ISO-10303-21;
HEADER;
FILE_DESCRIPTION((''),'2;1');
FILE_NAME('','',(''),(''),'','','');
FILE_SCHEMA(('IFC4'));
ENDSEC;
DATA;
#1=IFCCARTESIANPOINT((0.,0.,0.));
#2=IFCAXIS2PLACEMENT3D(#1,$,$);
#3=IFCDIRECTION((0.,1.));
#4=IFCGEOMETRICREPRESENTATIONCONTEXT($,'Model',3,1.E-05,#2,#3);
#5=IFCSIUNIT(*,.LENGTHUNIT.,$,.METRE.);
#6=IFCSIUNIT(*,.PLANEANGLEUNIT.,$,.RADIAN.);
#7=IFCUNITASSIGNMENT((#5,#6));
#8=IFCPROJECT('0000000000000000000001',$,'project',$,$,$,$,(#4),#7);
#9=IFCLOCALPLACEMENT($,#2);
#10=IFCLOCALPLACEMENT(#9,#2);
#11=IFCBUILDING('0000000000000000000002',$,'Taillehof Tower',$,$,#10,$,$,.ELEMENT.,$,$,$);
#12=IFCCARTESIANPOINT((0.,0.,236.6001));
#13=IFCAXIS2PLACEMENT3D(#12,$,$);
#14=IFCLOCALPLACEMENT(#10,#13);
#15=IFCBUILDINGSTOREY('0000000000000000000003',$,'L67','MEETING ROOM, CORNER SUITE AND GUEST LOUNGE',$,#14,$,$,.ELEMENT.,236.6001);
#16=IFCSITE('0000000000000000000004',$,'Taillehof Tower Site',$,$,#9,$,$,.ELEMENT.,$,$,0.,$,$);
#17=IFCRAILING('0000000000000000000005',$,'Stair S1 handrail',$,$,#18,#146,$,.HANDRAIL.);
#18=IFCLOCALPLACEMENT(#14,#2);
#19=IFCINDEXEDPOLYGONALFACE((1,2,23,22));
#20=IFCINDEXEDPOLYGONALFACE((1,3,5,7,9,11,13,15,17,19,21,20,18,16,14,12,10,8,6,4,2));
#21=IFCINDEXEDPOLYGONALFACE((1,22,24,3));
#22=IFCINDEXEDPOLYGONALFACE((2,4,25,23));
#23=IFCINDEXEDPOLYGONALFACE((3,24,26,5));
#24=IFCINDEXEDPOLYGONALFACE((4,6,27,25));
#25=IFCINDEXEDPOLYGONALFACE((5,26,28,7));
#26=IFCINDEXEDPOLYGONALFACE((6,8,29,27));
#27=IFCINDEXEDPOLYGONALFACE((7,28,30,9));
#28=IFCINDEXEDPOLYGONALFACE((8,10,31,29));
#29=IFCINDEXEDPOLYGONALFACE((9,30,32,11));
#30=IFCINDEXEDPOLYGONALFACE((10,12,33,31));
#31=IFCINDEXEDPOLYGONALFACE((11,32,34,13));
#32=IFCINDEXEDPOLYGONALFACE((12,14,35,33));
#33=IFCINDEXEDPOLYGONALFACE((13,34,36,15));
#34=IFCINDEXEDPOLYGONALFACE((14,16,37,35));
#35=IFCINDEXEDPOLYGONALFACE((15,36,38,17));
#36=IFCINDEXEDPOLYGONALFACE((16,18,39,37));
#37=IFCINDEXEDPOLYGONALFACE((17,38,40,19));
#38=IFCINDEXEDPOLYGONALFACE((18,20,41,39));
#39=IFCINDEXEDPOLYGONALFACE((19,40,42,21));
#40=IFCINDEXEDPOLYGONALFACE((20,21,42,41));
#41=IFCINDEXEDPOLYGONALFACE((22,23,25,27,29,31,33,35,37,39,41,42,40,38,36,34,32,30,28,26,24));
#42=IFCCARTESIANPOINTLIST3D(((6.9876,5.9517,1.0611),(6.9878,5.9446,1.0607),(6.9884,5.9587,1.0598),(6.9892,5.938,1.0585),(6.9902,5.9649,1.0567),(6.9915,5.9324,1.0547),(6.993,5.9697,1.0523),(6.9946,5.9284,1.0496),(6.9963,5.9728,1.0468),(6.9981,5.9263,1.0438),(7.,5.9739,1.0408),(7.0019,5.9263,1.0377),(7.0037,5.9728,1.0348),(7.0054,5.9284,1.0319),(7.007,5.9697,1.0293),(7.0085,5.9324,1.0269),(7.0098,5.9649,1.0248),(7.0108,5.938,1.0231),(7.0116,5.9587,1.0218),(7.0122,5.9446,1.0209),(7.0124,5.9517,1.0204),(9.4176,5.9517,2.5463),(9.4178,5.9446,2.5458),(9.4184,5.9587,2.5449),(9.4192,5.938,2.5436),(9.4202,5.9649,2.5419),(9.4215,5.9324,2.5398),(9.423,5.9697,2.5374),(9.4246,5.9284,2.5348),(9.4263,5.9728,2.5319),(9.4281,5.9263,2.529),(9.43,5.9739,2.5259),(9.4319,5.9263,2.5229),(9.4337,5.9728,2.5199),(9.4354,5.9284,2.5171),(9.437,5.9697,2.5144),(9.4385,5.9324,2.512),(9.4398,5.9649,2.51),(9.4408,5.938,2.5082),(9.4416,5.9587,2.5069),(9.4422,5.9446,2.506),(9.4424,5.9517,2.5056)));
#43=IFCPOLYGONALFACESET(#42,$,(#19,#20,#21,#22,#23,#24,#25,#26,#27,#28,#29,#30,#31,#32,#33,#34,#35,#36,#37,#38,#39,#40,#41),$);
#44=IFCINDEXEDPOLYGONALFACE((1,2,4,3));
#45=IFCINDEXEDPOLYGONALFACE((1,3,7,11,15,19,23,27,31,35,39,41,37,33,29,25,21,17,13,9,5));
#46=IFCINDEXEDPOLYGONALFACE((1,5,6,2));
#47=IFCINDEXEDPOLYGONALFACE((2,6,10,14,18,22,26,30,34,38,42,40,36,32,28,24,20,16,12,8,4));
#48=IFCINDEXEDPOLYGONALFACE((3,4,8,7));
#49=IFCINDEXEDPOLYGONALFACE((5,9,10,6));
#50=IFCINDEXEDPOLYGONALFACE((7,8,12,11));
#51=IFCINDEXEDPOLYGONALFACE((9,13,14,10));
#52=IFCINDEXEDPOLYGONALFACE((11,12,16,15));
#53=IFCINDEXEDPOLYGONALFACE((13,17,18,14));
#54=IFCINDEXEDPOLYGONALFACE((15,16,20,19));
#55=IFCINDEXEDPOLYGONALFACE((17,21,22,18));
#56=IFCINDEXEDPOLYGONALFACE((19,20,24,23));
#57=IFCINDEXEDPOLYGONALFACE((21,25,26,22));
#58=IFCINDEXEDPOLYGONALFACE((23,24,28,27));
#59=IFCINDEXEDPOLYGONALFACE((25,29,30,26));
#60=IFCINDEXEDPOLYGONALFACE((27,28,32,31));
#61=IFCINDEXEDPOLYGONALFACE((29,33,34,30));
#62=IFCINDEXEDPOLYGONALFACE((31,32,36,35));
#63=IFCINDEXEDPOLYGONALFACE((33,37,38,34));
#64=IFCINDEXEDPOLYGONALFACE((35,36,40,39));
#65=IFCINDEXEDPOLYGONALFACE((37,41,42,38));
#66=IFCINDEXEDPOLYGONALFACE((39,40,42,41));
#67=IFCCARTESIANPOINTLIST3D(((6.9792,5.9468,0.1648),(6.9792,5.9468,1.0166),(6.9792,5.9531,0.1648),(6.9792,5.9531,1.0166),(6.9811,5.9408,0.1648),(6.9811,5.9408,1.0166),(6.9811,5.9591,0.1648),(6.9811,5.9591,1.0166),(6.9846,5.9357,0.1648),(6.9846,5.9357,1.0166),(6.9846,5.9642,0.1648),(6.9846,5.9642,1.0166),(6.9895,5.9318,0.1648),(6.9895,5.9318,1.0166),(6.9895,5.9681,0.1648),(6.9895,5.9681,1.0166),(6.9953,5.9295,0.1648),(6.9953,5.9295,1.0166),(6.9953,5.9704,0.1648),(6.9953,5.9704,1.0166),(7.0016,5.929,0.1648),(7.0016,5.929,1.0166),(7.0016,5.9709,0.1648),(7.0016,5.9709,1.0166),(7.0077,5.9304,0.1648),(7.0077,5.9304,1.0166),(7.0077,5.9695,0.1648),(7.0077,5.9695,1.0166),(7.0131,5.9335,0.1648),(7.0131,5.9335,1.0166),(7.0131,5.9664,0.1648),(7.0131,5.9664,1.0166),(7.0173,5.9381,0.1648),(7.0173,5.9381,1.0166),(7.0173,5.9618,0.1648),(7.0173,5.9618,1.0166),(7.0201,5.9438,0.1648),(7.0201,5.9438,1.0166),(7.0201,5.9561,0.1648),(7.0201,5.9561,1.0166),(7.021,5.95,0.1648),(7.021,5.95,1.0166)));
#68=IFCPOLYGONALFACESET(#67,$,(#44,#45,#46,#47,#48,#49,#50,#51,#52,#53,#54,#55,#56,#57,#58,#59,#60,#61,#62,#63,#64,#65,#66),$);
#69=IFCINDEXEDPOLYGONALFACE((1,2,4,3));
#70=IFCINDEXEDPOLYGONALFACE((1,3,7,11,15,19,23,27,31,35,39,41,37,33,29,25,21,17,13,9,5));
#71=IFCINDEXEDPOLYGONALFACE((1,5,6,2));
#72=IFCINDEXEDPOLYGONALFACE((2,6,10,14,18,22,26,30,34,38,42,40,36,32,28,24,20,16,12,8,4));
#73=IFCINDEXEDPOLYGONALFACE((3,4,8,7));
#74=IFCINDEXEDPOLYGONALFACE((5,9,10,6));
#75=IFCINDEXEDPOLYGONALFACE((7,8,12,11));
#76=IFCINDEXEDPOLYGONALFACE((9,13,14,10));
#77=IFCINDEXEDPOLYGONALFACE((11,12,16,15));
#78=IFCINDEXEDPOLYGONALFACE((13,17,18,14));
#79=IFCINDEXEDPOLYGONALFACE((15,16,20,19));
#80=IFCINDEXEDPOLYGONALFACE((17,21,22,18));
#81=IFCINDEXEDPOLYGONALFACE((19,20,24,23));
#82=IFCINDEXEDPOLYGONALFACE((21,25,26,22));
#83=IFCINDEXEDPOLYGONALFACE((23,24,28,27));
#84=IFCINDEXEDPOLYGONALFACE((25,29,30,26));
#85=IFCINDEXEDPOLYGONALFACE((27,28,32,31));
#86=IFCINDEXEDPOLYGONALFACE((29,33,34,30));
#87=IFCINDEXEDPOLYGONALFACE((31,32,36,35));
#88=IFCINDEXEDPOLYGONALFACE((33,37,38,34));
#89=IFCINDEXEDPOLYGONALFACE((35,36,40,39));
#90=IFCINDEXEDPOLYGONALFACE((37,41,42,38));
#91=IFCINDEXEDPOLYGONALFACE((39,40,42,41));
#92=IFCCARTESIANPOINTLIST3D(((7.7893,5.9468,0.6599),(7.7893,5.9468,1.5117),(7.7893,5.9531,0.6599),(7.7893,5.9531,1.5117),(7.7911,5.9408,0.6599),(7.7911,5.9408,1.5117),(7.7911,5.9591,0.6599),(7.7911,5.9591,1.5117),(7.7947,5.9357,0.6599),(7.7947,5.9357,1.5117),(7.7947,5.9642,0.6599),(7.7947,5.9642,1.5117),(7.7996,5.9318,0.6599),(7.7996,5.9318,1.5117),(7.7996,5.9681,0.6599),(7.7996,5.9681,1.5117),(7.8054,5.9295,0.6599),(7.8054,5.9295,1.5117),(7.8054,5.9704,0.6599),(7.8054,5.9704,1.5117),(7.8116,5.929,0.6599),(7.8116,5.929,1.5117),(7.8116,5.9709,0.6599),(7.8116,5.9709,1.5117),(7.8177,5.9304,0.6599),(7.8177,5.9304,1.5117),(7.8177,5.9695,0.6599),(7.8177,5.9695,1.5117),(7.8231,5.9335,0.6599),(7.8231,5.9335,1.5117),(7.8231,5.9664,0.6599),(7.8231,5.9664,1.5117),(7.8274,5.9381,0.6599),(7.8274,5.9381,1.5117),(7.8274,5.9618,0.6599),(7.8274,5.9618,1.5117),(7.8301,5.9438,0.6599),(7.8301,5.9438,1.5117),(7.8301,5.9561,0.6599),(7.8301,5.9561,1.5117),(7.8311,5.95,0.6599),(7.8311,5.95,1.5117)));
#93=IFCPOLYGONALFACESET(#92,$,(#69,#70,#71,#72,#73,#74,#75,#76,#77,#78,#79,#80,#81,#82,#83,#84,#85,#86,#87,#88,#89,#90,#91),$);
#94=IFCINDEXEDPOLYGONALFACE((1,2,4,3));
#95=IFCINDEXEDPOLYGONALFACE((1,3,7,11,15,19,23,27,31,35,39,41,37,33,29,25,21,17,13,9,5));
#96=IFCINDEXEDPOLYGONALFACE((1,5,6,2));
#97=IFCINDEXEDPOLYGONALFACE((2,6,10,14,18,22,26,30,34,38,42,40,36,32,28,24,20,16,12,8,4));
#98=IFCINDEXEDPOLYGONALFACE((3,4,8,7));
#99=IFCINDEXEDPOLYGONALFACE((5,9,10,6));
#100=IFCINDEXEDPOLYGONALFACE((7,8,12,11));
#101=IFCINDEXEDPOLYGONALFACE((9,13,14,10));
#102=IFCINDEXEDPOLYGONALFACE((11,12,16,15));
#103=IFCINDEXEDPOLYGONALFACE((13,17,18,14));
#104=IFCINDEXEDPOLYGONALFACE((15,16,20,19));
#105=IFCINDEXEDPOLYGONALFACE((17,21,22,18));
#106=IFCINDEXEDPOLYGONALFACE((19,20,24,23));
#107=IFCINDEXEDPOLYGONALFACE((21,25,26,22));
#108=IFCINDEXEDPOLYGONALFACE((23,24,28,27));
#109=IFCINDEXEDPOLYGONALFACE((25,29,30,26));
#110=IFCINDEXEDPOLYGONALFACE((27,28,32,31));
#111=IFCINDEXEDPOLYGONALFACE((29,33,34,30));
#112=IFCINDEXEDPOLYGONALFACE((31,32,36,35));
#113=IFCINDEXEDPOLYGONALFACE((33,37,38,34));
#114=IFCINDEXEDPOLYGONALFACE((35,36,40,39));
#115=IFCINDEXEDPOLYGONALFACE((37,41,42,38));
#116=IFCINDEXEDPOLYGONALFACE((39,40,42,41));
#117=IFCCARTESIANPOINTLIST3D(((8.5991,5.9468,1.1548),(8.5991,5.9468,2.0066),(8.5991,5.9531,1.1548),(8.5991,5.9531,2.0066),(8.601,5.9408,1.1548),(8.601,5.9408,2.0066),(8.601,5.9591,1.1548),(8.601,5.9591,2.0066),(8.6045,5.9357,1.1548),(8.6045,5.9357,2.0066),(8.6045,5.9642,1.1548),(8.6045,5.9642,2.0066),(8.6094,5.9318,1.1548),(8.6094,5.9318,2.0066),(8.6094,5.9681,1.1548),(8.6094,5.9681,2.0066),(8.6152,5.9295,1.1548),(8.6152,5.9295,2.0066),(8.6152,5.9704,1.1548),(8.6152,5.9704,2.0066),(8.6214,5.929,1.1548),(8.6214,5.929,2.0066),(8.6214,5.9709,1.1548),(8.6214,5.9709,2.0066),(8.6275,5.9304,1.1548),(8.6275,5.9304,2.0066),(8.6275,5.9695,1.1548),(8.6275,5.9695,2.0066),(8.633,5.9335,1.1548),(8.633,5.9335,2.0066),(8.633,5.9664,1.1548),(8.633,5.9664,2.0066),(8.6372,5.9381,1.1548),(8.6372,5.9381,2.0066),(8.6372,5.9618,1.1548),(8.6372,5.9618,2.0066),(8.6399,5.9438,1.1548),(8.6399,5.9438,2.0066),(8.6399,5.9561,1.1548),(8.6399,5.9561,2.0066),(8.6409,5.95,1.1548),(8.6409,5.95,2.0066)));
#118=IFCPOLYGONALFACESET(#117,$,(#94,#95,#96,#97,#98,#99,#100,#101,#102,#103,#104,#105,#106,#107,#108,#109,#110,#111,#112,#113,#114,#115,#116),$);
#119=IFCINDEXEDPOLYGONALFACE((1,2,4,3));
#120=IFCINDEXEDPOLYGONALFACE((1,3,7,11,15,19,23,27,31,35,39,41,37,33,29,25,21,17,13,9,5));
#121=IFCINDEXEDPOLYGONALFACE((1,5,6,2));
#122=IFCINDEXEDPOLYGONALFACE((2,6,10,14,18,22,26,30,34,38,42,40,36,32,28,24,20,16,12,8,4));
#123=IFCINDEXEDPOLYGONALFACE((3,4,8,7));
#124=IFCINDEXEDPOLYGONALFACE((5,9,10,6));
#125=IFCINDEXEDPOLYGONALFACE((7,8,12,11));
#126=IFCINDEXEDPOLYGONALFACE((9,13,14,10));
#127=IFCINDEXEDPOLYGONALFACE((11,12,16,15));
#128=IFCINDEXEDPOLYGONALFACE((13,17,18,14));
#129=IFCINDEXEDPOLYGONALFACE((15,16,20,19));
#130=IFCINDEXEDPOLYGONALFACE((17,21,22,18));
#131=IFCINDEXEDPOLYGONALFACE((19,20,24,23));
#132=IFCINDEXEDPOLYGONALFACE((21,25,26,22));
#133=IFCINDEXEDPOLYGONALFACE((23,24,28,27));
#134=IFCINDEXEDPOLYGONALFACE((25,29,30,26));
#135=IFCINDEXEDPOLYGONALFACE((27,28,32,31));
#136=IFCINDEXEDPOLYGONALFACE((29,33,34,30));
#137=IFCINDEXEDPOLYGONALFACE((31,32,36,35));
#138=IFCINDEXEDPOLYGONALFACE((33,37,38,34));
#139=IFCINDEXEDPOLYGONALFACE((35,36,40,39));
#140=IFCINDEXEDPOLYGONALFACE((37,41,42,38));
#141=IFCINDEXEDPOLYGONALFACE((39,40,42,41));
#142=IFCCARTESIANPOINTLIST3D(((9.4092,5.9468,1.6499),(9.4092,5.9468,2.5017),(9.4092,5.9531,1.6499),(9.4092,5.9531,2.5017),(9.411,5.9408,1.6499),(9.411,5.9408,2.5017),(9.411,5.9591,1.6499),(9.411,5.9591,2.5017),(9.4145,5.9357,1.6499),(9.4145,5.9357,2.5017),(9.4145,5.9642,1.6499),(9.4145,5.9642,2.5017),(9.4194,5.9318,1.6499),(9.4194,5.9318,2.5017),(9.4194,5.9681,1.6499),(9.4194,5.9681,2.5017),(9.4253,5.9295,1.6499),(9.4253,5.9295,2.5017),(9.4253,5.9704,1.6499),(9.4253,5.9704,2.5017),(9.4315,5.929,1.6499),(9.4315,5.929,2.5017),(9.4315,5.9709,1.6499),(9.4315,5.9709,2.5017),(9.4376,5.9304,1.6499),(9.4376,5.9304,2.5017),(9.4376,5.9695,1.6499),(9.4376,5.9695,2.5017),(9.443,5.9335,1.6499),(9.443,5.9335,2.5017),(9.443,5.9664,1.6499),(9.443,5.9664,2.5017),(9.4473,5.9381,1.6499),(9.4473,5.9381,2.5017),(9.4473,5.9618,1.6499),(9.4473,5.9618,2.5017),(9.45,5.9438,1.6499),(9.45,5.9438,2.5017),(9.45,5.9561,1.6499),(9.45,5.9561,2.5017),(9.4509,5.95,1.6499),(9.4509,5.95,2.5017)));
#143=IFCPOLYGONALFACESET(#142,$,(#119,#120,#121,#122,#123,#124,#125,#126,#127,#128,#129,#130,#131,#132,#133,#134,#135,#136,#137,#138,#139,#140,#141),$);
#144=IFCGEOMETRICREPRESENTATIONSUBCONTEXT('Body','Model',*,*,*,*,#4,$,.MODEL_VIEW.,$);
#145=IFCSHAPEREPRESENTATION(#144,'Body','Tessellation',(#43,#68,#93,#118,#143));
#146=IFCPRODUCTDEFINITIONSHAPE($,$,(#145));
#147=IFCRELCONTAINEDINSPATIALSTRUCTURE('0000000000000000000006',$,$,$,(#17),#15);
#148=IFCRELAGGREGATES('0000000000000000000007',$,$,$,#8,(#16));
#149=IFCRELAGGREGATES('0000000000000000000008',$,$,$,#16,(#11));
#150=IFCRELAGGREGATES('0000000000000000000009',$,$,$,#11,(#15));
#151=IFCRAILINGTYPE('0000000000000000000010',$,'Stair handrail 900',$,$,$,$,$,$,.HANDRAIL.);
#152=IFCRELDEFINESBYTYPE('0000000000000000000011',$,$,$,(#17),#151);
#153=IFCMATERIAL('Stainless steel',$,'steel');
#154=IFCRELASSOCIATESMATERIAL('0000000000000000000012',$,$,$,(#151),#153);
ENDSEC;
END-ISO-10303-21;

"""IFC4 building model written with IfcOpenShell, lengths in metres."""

from ifc_helpers import new_model, si_unit, direction, frame, origin, origin_2d, place, context, subcontext, project, spatial, circle, extrude, material, type_object, element, save


model = new_model("IFC4")

# Units and contexts
model_context = context("Model", 3, precision=1e-05, world=origin(), true_north=direction((0.0, 1.0)))
body_context = subcontext(model_context, "Body", "Model", "MODEL_VIEW")
ifc_project = project(units=[si_unit("LENGTHUNIT", "METRE"), si_unit("PLANEANGLEUNIT", "RADIAN")], contexts=[model_context])

# Site, building, storey
site_placement = place(None, origin())
site = spatial("IfcSite", under=ifc_project, at=site_placement, Name="Taillehof Tower Site", CompositionType="ELEMENT", RefElevation=0.0)
building_placement = place(site_placement, origin())
building = spatial("IfcBuilding", under=site, at=building_placement, Name="Taillehof Tower", CompositionType="ELEMENT")
storey_placement = place(building_placement, frame((0.0, 0.0, 236.6001)))
storey = spatial("IfcBuildingStorey", under=building, at=storey_placement, Name="L67", Description="MEETING ROOM, CORNER SUITE AND GUEST LOUNGE", CompositionType="ELEMENT", Elevation=236.6001)

# Railing
ifc_material_1 = material(Name="Stainless steel", Category="steel")
railing_type = type_object("IfcRailingType", Name="Stair handrail 900", PredefinedType="HANDRAIL", material=ifc_material_1)
railing_1_placement = place(storey_placement, frame((7.0, 5.95, 0.1648)))
element("IfcRailing", 1, at=railing_1_placement, inside=storey, type_object=railing_type, Name="Stair S1 handrail", PredefinedType="HANDRAIL", context=body_context, shape_type="SweptSolid", body=[
    extrude(circle(Radius=0.0239, at=origin_2d()), frame((0.0, 0.0, 0.876), z_axis=(0.853259, 0.0, 0.521488), x_axis=(0.0, 1.0, 0.0)), (0.0, 0.0, 1.0), 2.8479),
    extrude(circle(Radius=0.021, at=origin_2d()), origin(), (0.0, 0.0, 1.0), 0.8518),
    extrude(circle(Radius=0.021, at=origin_2d()), frame((0.8101, 0.0, 0.4951)), (0.0, 0.0, 1.0), 0.8518),
    extrude(circle(Radius=0.021, at=origin_2d()), frame((1.6199, 0.0, 0.99)), (0.0, 0.0, 1.0), 0.8518),
    extrude(circle(Radius=0.021, at=origin_2d()), frame((2.4299, 0.0, 1.4851)), (0.0, 0.0, 1.0), 0.8518),
])

save(model, "model.ifc")
